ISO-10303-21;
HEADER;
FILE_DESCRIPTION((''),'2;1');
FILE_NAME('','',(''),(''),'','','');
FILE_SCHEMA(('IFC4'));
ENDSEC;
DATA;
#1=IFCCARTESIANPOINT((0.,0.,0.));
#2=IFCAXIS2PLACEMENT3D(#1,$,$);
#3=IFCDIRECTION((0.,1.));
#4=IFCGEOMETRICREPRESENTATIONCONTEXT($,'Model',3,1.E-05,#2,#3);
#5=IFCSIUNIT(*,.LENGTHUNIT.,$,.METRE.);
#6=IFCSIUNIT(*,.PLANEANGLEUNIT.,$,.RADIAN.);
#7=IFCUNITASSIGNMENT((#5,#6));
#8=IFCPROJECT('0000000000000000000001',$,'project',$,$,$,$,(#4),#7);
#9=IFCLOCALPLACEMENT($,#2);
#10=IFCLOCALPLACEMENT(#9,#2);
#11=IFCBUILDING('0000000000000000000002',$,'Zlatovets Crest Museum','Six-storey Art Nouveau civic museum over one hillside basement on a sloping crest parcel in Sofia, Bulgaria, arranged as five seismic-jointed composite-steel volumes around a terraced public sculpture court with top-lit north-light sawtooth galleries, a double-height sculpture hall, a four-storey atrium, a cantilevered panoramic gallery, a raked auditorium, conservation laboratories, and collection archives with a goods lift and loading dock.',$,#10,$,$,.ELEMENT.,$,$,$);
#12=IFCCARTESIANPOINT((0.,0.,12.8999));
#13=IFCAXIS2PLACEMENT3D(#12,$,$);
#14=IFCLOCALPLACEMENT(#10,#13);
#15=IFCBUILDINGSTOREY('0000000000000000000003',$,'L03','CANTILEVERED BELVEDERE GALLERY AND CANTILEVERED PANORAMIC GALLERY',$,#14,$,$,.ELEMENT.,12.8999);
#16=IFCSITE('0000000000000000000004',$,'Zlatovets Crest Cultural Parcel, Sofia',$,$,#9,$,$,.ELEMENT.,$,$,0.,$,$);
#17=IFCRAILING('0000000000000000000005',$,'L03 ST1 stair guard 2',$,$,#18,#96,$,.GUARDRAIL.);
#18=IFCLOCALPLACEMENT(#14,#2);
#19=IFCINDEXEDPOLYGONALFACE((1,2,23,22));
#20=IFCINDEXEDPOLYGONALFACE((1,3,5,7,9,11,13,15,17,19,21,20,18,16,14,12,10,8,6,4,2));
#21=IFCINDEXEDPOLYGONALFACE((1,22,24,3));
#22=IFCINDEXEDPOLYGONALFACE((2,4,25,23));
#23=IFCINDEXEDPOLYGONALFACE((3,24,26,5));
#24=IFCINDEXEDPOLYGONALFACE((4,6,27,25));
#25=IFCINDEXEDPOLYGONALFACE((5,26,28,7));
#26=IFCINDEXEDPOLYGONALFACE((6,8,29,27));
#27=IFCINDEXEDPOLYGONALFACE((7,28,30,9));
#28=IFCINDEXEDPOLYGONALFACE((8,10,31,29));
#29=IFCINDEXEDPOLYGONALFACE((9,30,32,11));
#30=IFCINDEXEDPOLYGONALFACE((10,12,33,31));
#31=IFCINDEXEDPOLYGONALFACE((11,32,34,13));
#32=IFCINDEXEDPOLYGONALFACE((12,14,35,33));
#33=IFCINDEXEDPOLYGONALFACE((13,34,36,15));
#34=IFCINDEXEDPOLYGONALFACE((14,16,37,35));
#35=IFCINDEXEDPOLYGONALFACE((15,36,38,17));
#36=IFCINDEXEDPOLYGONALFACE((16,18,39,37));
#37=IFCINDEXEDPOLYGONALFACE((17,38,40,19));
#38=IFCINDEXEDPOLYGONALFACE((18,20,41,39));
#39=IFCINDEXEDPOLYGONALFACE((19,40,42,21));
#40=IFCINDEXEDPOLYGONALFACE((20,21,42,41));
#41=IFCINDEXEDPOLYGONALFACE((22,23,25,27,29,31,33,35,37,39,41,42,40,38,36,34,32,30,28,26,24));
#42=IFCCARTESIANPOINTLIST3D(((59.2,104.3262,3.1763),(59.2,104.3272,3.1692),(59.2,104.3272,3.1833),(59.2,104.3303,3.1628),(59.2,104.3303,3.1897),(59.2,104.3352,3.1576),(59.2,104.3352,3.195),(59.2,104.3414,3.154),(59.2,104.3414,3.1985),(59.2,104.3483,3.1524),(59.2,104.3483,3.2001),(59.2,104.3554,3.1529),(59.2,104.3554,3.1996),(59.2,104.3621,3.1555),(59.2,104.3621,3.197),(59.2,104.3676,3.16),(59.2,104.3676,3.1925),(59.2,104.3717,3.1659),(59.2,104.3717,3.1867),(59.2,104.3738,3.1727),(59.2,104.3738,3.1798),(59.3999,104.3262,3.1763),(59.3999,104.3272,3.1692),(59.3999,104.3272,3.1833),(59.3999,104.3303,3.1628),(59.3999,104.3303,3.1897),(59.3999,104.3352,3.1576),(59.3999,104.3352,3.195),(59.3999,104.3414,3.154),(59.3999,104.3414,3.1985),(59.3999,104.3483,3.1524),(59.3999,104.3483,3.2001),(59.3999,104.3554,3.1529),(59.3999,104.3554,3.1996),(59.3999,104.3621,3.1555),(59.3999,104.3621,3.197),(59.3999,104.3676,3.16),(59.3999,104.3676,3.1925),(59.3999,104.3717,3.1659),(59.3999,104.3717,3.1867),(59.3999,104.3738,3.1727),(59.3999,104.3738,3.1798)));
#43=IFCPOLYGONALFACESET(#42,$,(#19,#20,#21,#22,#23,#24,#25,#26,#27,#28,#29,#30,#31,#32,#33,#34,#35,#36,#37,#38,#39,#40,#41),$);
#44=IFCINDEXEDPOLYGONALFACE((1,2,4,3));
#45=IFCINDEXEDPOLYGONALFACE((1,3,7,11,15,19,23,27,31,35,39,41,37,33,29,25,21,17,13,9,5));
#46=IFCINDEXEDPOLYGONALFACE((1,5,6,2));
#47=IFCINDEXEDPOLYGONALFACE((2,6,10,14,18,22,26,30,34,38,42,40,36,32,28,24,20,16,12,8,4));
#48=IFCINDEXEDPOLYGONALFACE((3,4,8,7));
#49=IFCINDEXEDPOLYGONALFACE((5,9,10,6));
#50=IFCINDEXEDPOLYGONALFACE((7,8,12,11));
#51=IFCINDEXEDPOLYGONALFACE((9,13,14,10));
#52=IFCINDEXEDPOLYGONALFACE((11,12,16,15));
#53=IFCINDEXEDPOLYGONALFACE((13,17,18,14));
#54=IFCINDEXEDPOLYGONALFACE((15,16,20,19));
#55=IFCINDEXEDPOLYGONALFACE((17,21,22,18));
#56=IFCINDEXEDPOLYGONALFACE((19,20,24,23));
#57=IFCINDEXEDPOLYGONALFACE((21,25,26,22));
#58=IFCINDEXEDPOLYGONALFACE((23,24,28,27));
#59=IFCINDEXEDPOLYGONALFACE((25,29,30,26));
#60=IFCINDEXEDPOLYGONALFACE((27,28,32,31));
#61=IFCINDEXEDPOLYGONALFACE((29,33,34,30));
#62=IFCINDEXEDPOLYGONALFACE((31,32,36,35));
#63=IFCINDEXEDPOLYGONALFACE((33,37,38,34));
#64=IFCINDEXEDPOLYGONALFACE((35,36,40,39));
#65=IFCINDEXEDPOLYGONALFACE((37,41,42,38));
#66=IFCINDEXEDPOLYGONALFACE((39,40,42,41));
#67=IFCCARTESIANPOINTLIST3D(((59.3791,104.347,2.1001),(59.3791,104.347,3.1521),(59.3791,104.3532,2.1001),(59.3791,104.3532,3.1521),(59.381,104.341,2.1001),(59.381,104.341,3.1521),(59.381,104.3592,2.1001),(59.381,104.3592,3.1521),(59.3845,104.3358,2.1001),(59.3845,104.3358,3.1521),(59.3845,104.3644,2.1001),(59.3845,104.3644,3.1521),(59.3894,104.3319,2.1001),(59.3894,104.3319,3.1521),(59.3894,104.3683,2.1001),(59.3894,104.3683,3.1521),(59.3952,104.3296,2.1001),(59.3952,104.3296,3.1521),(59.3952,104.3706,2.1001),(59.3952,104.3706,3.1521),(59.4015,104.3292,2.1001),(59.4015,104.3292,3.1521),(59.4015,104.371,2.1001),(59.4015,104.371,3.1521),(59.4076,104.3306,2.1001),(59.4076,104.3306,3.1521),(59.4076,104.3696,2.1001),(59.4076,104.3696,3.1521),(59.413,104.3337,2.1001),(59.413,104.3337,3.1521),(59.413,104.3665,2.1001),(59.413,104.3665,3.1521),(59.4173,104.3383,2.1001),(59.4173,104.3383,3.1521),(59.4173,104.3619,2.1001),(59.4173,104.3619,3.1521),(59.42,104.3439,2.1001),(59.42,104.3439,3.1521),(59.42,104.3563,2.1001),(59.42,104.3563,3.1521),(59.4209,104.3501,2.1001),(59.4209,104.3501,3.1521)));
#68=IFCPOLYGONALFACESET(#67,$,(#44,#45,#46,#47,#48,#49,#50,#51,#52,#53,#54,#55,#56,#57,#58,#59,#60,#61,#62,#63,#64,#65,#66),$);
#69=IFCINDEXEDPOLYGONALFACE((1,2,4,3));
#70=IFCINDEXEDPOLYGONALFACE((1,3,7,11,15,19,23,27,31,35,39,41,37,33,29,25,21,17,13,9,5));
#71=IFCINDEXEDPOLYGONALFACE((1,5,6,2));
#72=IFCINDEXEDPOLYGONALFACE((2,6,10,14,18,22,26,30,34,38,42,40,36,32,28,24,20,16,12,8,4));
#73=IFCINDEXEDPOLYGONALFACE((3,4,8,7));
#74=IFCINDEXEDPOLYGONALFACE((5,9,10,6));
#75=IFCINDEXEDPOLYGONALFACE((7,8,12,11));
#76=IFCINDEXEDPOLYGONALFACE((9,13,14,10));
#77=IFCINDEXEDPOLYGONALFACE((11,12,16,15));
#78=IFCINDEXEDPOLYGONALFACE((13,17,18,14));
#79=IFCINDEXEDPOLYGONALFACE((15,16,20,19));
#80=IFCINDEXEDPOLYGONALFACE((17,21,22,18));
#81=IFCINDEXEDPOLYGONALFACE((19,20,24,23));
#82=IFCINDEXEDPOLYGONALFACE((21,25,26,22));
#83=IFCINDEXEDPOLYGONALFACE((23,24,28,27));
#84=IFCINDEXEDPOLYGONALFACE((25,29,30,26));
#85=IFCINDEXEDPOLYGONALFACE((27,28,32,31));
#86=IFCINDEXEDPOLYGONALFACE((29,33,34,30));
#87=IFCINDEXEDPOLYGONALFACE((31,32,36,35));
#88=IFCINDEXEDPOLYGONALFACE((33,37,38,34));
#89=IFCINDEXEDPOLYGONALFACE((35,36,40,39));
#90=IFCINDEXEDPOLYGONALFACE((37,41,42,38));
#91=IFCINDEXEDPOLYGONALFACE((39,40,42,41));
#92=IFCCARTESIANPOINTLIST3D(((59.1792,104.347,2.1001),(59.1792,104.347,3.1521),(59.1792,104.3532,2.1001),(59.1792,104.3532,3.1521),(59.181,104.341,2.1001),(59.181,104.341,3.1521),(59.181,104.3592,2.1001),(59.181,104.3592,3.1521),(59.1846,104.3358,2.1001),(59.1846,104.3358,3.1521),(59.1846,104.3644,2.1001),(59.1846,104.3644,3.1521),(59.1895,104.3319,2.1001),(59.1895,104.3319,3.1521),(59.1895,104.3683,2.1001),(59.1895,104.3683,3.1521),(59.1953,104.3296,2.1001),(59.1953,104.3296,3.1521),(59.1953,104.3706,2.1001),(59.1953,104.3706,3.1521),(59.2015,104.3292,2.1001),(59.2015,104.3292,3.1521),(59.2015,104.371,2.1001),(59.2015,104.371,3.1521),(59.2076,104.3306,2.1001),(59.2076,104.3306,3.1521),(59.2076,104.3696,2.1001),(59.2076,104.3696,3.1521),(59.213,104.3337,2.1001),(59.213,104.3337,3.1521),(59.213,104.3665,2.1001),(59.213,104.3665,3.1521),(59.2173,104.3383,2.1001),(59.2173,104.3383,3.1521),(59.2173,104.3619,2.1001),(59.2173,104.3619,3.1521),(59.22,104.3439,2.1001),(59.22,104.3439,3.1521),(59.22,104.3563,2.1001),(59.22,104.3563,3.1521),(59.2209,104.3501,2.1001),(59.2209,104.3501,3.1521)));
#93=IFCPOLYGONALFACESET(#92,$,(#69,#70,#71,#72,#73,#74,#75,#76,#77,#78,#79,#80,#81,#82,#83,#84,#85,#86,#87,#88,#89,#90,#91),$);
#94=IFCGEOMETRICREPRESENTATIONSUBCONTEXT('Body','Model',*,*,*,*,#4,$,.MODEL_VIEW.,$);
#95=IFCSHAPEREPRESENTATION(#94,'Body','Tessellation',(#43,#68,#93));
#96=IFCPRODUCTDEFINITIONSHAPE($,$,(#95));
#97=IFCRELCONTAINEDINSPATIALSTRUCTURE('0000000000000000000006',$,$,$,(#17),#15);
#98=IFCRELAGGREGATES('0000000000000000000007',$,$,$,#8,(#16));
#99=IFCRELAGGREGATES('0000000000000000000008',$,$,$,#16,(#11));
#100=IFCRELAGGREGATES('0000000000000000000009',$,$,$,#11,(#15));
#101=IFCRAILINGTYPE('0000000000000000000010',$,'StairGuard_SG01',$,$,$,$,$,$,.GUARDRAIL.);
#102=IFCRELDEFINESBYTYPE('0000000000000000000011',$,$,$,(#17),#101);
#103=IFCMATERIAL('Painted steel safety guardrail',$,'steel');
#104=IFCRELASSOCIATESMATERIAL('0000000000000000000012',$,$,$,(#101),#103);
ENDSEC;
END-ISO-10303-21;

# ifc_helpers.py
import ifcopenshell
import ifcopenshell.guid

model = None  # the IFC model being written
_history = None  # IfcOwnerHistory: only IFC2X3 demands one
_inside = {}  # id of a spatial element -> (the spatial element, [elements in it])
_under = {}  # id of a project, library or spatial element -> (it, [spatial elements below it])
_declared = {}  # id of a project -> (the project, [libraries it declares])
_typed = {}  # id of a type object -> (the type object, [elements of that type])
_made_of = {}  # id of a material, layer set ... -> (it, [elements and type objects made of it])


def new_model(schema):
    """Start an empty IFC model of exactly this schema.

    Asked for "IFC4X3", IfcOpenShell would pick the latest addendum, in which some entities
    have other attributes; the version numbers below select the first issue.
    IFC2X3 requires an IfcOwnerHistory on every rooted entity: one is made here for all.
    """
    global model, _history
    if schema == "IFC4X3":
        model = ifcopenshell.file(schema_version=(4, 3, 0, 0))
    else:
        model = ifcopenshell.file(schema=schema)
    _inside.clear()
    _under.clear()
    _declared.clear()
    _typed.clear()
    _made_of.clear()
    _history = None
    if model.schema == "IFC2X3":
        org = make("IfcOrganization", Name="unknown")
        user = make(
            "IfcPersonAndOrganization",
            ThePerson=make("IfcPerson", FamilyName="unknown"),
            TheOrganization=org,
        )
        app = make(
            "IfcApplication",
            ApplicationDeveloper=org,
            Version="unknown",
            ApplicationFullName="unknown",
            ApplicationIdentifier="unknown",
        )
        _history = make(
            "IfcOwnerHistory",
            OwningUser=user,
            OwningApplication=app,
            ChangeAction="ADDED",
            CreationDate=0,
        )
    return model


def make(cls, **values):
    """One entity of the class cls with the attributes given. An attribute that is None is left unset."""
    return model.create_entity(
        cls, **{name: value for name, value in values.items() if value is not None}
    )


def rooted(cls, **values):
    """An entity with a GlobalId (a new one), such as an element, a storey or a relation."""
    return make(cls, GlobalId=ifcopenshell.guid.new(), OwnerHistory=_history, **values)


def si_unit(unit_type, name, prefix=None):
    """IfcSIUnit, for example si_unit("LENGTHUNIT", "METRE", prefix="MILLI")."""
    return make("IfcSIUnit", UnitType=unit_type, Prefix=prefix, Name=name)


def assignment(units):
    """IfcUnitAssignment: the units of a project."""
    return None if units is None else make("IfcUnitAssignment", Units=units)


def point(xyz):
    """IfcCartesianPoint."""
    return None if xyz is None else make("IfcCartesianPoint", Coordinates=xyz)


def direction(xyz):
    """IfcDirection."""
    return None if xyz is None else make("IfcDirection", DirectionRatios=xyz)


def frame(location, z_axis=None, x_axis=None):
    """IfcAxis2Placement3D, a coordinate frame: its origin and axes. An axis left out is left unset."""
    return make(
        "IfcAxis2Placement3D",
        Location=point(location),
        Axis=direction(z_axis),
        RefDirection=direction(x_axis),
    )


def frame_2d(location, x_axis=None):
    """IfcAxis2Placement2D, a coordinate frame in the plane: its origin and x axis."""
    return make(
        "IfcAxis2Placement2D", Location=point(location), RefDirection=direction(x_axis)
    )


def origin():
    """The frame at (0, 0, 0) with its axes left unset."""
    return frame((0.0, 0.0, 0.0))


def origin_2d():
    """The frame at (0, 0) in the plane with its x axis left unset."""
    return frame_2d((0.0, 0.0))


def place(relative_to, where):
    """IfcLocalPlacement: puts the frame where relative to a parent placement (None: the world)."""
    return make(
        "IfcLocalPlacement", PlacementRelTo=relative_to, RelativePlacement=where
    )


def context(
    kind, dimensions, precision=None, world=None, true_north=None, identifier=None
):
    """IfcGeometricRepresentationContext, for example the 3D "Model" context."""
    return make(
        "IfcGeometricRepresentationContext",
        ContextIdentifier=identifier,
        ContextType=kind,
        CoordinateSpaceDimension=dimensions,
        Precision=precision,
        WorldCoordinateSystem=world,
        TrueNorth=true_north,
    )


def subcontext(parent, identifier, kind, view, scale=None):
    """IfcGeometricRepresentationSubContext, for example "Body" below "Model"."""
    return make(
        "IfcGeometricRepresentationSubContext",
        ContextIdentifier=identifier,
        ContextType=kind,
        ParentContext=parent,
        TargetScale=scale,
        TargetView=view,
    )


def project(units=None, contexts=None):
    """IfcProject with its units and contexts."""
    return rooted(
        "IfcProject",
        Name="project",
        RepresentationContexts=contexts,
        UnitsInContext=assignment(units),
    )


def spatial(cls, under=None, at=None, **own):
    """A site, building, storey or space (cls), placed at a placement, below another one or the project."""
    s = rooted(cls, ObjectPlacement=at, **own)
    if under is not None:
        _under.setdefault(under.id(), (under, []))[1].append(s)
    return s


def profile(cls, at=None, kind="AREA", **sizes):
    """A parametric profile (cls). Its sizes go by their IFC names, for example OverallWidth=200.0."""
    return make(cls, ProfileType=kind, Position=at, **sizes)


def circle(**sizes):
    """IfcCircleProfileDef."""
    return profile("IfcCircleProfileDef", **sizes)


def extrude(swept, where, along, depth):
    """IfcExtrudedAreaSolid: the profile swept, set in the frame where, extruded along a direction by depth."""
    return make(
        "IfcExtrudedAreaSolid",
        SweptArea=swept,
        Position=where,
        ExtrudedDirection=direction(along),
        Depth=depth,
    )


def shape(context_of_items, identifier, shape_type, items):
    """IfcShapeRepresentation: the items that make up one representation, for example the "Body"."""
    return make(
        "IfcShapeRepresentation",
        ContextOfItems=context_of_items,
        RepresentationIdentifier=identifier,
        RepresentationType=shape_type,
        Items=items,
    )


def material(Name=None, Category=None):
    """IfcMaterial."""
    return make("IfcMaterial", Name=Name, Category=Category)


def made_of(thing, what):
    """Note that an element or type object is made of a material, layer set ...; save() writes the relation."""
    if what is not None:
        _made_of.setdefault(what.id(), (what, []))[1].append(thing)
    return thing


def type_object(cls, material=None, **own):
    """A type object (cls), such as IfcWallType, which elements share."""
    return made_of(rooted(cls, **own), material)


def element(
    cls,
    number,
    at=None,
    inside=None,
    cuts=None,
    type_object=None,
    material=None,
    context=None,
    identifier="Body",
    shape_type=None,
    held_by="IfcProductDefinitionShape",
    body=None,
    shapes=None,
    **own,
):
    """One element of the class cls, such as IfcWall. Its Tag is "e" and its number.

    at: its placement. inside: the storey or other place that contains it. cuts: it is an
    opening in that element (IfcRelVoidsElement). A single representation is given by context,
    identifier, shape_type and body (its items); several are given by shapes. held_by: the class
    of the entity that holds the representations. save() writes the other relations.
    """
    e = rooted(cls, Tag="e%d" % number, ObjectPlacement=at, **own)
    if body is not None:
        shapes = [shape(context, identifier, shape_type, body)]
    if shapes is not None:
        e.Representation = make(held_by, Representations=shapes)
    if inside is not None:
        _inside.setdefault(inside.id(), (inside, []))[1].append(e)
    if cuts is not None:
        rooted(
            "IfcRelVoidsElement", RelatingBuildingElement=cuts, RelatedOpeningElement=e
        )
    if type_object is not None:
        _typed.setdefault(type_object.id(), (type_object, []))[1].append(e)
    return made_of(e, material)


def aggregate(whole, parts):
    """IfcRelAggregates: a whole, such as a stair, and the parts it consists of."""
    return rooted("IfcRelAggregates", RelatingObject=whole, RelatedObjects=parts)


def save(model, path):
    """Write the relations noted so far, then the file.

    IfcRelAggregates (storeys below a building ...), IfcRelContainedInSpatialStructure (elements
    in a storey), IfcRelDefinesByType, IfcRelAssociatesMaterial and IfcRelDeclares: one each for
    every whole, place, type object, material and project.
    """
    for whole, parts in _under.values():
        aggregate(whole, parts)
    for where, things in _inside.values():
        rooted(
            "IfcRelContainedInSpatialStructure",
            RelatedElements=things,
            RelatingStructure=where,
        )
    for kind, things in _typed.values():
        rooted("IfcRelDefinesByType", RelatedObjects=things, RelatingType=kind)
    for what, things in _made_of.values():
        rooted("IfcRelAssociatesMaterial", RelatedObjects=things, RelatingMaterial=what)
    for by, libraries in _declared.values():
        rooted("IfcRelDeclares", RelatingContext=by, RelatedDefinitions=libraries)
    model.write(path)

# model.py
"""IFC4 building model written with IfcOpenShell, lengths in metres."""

from ifc_helpers import new_model, si_unit, direction, frame, origin, origin_2d, place, context, subcontext, project, spatial, circle, extrude, material, type_object, element, save


model = new_model("IFC4")

# Units and contexts
model_context = context("Model", 3, precision=1e-05, world=origin(), true_north=direction((0.0, 1.0)))
body_context = subcontext(model_context, "Body", "Model", "MODEL_VIEW")
ifc_project = project(units=[si_unit("LENGTHUNIT", "METRE"), si_unit("PLANEANGLEUNIT", "RADIAN")], contexts=[model_context])

# Site, building, storey
site_placement = place(None, origin())
site = spatial("IfcSite", under=ifc_project, at=site_placement, Name="Zlatovets Crest Cultural Parcel, Sofia", CompositionType="ELEMENT", RefElevation=0.0)
building_placement = place(site_placement, origin())
building = spatial("IfcBuilding", under=site, at=building_placement, Name="Zlatovets Crest Museum", Description="Six-storey Art Nouveau civic museum over one hillside basement on a sloping crest parcel in Sofia, Bulgaria, arranged as five seismic-jointed composite-steel volumes around a terraced public sculpture court with top-lit north-light sawtooth galleries, a double-height sculpture hall, a four-storey atrium, a cantilevered panoramic gallery, a raked auditorium, conservation laboratories, and collection archives with a goods lift and loading dock.", CompositionType="ELEMENT")
storey_placement = place(building_placement, frame((0.0, 0.0, 12.8999)))
storey = spatial("IfcBuildingStorey", under=building, at=storey_placement, Name="L03", Description="CANTILEVERED BELVEDERE GALLERY AND CANTILEVERED PANORAMIC GALLERY", CompositionType="ELEMENT", Elevation=12.8999)

# Railing
ifc_material_1 = material(Name="Painted steel safety guardrail", Category="steel")
railing_type_1 = type_object("IfcRailingType", Name="StairGuard_SG01", PredefinedType="GUARDRAIL", material=ifc_material_1)
railing_1_placement = place(storey_placement, frame((59.3999, 104.3501, 2.1001)))
element("IfcRailing", 1, at=railing_1_placement, inside=storey, type_object=railing_type_1, Name="L03 ST1 stair guard 2", PredefinedType="GUARDRAIL", context=body_context, shape_type="SweptSolid", body=[
    extrude(circle(Radius=0.0239, at=origin_2d()), frame((0.0, 0.0, 1.0762), z_axis=(-1.0, 0.0, 0.0), x_axis=(0.0, -1.0, 0.0)), (0.0, 0.0, 1.0), 0.2),
    extrude(circle(Radius=0.021, at=origin_2d()), origin(), (0.0, 0.0, 1.0), 1.052),
    extrude(circle(Radius=0.021, at=origin_2d()), frame((-0.2, 0.0, 0.0)), (0.0, 0.0, 1.0), 1.052),
])

save(model, "model.ifc")
